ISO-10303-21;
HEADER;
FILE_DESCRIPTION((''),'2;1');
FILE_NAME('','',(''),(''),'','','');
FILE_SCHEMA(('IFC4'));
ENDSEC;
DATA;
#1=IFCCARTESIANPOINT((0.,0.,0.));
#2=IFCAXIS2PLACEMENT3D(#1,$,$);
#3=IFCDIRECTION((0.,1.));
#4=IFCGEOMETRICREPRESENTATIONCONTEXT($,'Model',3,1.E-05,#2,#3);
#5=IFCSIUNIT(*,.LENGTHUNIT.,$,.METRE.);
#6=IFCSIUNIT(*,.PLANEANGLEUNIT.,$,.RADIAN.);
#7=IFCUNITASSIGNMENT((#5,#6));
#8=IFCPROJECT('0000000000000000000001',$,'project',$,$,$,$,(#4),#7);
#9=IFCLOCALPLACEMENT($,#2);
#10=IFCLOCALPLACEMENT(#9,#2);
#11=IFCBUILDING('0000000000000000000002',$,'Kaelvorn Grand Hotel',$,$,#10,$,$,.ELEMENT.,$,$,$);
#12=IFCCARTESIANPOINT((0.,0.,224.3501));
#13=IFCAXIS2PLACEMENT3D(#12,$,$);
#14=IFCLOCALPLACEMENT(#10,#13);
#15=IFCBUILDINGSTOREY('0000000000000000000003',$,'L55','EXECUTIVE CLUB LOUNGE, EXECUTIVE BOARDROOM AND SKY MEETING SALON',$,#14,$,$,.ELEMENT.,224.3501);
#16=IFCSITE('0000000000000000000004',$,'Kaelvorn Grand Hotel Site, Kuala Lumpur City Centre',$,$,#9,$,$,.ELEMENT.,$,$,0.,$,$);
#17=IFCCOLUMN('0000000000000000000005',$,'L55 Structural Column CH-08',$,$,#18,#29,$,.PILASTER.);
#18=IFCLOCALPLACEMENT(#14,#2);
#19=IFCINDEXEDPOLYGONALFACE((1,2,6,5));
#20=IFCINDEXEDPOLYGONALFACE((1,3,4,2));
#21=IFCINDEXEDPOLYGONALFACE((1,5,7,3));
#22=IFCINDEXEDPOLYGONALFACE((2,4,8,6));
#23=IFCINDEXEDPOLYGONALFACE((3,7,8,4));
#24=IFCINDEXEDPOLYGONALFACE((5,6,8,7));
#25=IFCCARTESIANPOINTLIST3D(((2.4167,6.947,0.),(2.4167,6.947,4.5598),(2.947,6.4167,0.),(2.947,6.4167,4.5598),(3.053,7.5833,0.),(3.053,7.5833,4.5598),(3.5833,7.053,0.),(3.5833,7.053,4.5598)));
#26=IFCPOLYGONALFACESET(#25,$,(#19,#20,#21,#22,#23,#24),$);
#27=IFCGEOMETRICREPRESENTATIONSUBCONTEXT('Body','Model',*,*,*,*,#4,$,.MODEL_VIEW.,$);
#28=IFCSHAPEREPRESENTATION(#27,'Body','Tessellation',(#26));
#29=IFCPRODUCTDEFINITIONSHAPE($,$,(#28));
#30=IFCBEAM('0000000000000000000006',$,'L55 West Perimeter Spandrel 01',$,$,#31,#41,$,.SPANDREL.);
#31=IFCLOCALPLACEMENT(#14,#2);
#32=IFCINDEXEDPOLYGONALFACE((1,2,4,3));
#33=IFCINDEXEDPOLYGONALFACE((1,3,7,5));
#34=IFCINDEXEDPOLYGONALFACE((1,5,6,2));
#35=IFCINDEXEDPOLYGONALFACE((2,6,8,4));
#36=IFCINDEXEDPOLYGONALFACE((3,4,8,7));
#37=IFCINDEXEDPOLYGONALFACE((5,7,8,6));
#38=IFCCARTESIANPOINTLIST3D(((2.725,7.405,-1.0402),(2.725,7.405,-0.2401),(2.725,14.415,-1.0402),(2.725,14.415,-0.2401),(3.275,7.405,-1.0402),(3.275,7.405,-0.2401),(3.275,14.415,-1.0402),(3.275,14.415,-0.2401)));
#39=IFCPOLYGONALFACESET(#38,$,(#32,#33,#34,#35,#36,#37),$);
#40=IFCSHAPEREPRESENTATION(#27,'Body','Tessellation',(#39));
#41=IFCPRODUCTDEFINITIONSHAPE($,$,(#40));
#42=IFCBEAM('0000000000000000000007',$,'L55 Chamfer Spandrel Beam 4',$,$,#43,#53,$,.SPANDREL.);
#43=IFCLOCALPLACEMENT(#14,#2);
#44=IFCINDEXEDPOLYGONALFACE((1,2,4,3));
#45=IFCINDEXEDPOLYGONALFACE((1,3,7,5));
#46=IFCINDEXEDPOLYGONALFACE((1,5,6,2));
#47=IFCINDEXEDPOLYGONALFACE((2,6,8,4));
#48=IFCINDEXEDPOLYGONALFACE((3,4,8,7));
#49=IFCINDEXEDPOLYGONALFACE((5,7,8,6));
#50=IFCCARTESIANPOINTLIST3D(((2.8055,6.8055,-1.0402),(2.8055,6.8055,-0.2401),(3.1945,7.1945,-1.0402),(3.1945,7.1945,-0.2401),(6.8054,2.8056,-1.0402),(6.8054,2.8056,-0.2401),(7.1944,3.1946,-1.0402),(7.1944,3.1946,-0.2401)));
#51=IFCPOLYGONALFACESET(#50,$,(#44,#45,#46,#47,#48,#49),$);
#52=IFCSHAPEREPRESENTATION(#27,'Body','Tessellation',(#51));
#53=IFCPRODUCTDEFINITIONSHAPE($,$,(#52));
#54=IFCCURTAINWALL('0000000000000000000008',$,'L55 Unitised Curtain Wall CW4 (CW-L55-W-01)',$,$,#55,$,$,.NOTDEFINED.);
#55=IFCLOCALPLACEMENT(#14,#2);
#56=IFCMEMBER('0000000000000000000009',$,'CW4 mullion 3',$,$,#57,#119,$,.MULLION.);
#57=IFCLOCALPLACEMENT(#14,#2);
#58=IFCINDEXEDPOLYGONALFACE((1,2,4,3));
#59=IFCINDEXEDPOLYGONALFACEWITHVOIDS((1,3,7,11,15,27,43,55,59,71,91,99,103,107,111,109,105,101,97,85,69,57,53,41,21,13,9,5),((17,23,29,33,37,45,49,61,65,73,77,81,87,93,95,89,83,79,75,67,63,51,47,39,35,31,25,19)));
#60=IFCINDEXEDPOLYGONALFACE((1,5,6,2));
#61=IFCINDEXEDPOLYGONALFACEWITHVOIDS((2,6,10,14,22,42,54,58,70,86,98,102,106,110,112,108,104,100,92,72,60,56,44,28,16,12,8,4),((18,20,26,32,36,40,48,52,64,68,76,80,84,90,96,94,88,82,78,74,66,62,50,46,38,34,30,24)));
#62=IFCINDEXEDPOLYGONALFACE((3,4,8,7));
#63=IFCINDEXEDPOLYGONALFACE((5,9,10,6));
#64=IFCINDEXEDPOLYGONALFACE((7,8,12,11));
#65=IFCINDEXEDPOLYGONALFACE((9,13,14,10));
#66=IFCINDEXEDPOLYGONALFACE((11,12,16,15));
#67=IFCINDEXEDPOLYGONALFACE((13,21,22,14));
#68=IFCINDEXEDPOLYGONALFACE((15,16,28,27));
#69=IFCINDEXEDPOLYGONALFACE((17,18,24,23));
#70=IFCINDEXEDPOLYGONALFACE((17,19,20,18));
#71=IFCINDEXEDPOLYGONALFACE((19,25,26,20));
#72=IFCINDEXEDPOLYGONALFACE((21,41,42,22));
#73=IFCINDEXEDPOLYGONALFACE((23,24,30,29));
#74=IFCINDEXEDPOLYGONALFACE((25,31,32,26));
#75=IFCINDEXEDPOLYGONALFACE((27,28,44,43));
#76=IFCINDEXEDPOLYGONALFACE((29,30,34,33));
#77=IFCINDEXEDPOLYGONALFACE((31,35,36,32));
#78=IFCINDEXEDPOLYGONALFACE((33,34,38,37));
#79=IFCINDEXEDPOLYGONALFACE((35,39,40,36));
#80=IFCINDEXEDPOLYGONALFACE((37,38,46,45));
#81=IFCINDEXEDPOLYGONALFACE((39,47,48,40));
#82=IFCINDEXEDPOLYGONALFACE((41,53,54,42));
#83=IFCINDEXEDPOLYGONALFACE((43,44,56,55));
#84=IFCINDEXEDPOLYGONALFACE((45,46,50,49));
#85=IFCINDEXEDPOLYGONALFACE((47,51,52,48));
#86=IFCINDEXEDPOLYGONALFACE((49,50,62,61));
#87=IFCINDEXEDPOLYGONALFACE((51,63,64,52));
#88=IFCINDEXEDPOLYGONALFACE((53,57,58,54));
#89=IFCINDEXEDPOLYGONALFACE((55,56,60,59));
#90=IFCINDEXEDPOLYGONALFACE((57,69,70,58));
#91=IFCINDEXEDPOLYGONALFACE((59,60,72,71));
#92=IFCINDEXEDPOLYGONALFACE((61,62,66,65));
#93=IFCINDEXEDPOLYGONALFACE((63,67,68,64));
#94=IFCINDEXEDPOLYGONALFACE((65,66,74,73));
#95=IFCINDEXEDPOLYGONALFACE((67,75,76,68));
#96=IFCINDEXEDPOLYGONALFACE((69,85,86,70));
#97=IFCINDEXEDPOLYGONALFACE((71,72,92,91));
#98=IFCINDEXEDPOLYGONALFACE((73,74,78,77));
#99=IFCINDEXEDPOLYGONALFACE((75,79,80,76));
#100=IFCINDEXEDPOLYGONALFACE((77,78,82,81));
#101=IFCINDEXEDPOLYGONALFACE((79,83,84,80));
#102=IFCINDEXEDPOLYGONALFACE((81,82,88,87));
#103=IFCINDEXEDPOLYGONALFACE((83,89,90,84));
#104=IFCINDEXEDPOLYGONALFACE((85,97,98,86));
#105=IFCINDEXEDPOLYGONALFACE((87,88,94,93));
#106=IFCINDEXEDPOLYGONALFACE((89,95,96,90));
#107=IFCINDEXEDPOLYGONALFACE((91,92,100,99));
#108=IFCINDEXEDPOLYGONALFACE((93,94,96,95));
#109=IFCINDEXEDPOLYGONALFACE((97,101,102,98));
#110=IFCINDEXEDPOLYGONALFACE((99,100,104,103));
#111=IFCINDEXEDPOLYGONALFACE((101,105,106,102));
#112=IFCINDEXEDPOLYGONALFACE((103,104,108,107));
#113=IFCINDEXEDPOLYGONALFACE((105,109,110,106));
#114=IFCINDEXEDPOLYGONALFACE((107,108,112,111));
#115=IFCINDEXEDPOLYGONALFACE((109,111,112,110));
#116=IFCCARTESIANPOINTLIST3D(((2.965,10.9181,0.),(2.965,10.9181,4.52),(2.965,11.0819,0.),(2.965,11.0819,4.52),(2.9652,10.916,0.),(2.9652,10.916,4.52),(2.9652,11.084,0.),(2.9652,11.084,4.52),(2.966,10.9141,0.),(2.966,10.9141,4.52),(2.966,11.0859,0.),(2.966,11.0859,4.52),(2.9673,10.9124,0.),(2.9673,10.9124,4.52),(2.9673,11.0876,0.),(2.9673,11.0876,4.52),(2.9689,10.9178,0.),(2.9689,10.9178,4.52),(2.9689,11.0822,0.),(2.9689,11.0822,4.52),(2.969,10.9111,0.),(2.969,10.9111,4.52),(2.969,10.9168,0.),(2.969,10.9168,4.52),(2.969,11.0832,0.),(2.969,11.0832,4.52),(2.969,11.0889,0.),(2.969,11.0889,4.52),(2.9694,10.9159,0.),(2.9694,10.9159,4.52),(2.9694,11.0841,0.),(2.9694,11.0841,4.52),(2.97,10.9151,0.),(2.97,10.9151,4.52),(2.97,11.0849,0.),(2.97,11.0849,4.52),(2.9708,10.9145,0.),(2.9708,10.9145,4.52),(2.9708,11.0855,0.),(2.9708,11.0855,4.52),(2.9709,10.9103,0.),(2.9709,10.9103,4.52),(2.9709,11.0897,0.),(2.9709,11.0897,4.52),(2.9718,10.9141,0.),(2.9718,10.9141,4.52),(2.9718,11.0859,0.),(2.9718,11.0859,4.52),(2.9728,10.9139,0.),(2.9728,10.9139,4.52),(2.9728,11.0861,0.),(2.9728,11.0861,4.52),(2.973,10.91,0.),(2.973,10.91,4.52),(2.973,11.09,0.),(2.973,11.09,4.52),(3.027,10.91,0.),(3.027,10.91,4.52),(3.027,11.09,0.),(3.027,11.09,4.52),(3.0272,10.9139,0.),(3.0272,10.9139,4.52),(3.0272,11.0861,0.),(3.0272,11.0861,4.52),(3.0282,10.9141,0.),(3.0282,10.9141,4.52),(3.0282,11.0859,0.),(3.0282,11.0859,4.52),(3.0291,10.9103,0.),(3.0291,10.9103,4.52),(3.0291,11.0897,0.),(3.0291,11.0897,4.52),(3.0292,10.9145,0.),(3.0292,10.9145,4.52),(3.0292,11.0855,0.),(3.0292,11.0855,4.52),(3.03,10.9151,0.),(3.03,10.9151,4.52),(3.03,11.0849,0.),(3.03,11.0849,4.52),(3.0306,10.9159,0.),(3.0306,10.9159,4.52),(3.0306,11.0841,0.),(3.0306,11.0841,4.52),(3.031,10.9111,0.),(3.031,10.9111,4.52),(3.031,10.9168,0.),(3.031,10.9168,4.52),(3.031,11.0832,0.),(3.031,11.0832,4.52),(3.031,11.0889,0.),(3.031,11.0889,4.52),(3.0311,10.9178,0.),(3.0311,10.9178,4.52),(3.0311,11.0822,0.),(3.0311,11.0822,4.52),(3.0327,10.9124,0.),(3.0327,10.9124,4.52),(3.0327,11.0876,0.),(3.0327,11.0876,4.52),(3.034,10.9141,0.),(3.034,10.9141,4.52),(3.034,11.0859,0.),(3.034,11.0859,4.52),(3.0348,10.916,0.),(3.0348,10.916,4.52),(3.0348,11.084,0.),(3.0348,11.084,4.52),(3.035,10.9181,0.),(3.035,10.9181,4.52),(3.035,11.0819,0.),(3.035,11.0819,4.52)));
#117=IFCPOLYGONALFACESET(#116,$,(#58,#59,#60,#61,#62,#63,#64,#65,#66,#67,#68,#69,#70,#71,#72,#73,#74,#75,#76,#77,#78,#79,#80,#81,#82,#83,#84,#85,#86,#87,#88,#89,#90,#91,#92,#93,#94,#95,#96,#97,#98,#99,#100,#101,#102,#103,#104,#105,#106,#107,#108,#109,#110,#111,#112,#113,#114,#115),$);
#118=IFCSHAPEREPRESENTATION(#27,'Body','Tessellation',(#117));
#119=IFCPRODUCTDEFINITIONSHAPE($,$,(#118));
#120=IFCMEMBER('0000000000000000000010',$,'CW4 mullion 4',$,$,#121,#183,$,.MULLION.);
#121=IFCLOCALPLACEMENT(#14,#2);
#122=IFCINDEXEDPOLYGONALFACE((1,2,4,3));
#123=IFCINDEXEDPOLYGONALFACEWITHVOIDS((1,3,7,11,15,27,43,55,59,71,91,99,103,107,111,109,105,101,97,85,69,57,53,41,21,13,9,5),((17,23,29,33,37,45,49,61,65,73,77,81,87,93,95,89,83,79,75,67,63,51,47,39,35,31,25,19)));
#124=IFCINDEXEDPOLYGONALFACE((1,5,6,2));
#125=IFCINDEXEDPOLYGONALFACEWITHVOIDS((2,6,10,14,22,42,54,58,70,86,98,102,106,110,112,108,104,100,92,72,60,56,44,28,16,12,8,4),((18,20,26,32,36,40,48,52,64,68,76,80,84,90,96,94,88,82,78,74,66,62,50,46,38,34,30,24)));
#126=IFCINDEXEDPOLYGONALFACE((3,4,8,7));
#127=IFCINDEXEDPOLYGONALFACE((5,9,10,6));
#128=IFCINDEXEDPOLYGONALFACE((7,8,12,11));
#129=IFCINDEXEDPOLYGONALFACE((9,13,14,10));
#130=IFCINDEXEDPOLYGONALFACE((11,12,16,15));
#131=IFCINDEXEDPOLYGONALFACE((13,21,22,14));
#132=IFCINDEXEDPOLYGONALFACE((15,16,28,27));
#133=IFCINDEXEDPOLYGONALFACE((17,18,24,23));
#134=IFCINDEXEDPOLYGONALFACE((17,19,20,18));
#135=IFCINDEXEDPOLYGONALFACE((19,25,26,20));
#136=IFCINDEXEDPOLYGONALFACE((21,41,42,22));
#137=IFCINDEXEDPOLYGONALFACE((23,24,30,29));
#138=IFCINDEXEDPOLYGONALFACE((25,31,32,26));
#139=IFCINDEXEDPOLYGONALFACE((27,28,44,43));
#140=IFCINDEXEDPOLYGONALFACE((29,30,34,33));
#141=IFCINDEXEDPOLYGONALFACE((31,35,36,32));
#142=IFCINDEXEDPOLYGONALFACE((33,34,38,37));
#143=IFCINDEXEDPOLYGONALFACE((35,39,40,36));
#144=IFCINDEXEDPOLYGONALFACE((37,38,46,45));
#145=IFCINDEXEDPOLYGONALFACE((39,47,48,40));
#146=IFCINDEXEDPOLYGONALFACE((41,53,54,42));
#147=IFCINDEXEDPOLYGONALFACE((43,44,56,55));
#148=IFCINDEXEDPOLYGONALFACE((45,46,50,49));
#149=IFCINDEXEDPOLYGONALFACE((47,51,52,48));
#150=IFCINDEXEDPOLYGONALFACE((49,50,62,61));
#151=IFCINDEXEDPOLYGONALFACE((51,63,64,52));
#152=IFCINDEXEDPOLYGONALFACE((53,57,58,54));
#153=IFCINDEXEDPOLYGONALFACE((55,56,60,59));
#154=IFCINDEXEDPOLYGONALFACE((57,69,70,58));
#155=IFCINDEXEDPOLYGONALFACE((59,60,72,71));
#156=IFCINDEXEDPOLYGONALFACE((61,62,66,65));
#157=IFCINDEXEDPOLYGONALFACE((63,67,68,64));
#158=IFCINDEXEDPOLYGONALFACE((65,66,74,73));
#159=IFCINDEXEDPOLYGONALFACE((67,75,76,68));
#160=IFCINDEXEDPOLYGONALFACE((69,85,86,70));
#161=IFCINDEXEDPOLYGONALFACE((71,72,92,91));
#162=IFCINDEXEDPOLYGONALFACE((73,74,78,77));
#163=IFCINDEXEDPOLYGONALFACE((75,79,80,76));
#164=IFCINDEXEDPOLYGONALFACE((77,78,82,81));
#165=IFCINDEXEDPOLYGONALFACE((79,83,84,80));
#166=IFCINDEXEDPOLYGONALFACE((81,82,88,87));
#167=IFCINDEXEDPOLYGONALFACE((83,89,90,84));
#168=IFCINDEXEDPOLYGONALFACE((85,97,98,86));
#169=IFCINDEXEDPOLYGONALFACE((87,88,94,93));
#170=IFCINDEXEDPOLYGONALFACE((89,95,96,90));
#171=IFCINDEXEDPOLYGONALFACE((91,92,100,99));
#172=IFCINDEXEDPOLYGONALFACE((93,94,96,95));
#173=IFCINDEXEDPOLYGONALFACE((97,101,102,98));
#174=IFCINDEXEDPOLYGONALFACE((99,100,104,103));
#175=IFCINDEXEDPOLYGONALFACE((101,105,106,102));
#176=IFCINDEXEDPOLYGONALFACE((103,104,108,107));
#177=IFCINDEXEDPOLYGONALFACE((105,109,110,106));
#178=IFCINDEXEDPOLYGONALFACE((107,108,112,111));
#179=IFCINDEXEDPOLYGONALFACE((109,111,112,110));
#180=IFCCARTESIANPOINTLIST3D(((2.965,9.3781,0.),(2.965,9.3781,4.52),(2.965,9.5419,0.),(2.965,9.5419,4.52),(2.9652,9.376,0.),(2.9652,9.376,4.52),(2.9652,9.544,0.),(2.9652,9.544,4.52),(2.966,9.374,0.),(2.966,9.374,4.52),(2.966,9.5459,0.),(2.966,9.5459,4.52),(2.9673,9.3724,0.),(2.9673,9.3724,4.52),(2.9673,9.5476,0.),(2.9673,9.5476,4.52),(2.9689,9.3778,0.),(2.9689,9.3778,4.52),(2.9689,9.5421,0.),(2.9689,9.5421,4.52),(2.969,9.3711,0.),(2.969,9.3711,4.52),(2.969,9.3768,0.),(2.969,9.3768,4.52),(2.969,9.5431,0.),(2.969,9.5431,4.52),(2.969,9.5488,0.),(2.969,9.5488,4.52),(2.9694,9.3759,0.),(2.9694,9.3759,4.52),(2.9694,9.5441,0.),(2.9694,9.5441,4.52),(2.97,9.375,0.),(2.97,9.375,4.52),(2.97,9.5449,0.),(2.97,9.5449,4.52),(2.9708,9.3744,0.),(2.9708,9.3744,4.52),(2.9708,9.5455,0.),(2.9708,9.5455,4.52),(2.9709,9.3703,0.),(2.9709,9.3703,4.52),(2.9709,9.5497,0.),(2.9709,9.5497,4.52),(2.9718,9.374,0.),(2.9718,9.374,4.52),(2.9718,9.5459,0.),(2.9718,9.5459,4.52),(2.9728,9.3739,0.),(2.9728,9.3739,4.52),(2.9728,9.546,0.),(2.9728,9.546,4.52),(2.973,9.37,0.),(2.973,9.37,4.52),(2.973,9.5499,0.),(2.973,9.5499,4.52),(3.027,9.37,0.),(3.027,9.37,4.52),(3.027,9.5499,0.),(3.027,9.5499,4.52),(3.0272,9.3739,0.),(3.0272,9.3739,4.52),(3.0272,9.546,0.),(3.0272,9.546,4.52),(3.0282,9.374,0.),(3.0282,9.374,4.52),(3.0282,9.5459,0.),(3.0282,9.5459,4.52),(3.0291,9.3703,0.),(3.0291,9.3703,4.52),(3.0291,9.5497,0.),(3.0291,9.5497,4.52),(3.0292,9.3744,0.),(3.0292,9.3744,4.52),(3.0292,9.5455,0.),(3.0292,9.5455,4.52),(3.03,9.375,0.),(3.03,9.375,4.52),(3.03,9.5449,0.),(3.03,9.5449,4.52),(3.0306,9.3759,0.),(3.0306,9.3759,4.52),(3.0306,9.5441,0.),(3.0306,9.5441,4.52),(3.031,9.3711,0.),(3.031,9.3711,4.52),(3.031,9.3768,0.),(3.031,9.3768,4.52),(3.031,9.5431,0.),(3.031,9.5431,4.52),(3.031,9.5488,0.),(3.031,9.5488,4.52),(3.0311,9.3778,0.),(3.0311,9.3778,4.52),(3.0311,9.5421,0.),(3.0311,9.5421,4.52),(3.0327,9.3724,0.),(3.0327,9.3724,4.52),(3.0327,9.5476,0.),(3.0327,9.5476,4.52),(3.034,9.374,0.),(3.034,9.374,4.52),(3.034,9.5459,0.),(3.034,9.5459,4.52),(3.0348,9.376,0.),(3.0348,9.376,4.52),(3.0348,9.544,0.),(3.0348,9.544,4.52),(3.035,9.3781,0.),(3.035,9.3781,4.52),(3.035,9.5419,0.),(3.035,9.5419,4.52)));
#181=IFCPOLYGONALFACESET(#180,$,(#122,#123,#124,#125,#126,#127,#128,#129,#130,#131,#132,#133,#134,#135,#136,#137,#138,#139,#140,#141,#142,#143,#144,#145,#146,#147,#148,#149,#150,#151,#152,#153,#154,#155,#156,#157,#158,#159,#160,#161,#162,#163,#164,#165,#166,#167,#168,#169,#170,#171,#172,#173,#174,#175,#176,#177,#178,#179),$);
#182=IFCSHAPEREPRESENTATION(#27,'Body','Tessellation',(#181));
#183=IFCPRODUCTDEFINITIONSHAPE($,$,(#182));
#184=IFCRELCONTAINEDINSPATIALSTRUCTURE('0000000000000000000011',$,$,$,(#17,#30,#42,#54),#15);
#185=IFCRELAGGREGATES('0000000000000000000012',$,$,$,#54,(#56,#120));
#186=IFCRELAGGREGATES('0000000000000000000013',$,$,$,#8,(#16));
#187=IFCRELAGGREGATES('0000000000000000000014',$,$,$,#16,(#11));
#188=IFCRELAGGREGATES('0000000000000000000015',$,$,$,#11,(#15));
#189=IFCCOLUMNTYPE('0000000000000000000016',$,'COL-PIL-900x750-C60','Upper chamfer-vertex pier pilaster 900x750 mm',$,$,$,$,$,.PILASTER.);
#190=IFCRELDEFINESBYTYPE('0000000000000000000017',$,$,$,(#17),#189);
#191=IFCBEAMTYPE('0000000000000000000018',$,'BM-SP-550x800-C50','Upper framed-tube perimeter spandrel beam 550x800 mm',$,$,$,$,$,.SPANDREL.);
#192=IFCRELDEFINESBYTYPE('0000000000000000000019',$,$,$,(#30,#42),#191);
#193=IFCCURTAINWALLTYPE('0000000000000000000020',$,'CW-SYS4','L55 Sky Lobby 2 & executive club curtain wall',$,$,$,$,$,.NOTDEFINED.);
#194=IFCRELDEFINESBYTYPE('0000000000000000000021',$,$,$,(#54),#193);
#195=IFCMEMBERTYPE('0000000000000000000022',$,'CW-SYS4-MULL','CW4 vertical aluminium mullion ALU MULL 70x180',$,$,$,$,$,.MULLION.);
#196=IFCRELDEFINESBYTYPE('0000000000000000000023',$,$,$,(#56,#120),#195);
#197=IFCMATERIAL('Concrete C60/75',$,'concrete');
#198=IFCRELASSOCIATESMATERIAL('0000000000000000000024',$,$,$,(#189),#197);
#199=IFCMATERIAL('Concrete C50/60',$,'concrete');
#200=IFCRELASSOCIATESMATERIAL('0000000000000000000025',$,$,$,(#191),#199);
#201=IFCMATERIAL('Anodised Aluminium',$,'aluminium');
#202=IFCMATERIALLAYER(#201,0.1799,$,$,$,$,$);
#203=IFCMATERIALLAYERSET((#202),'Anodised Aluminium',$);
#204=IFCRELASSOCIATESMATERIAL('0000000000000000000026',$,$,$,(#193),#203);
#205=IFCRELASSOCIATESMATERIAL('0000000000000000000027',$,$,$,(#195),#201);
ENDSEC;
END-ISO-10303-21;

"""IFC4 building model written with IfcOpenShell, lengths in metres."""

from ifc_helpers import new_model, si_unit, direction, frame, origin, origin_2d, place, context, subcontext, project, spatial, rectangle, hollow_rectangle, extrude, material, layer, layer_set, material_profile, profile_set, type_object, element, aggregate, save


model = new_model("IFC4")

# Units and contexts
model_context = context("Model", 3, precision=1e-05, world=origin(), true_north=direction((0.0, 1.0)))
body_context = subcontext(model_context, "Body", "Model", "MODEL_VIEW")
ifc_project = project(units=[si_unit("LENGTHUNIT", "METRE"), si_unit("PLANEANGLEUNIT", "RADIAN")], contexts=[model_context])

# Site, building, storey
site_placement = place(None, origin())
site = spatial("IfcSite", under=ifc_project, at=site_placement, Name="Kaelvorn Grand Hotel Site, Kuala Lumpur City Centre", CompositionType="ELEMENT", RefElevation=0.0)
building_placement = place(site_placement, origin())
building = spatial("IfcBuilding", under=site, at=building_placement, Name="Kaelvorn Grand Hotel", CompositionType="ELEMENT")
storey_placement = place(building_placement, frame((0.0, 0.0, 224.3501)))
storey = spatial("IfcBuildingStorey", under=building, at=storey_placement, Name="L55", Description="EXECUTIVE CLUB LOUNGE, EXECUTIVE BOARDROOM AND SKY MEETING SALON", CompositionType="ELEMENT", Elevation=224.3501)

# Column
ifc_material_1 = material(Name="Concrete C60/75", Category="concrete")
ifc_material_profile_1 = material_profile(ifc_material_1, rectangle(XDim=0.8999, YDim=0.75, at=origin_2d()), Name="RC PILASTER 900x750")
ifc_profile_set_1 = profile_set([ifc_material_profile_1], Name="Concrete C60/75")
column_type = type_object("IfcColumnType", Name="COL-PIL-900x750-C60", Description="Upper chamfer-vertex pier pilaster 900x750 mm", PredefinedType="PILASTER", material=ifc_profile_set_1)
column_placement = place(storey_placement, frame((3.0, 7.0, 0.0), z_axis=(0.0, 0.0, 1.0), x_axis=(0.707107, 0.707107, 0.0)))
element("IfcColumn", 1, at=column_placement, inside=storey, type_object=column_type, Name="L55 Structural Column CH-08", PredefinedType="PILASTER", context=body_context, shape_type="SweptSolid", body=[
    extrude(rectangle(XDim=0.8999, YDim=0.75, at=origin_2d()), origin(), (0.0, 0.0, 1.0), 4.5598),
])

# Beams
ifc_material_2 = material(Name="Concrete C50/60", Category="concrete")
ifc_material_profile_2 = material_profile(ifc_material_2, rectangle(XDim=0.55, YDim=0.8, at=origin_2d()), Name="RC SPANDREL 550x800")
ifc_profile_set_2 = profile_set([ifc_material_profile_2], Name="Concrete C50/60")
beam_type = type_object("IfcBeamType", Name="BM-SP-550x800-C50", Description="Upper framed-tube perimeter spandrel beam 550x800 mm", PredefinedType="SPANDREL", material=ifc_profile_set_2)
beam_1_placement = place(storey_placement, frame((3.0, 7.405, -0.6401), z_axis=(0.0, 1.0, 0.0), x_axis=(-1.0, 0.0, 0.0)))
element("IfcBeam", 2, at=beam_1_placement, inside=storey, type_object=beam_type, Name="L55 West Perimeter Spandrel 01", PredefinedType="SPANDREL", context=body_context, shape_type="SweptSolid", body=[
    extrude(rectangle(XDim=0.55, YDim=0.8, at=origin_2d()), origin(), (0.0, 0.0, 1.0), 7.01),
])
beam_2_placement = place(storey_placement, frame((3.0, 7.0, -0.6401), z_axis=(0.707107, -0.707107, 0.0), x_axis=(0.707107, 0.707107, 0.0)))
element("IfcBeam", 3, at=beam_2_placement, inside=storey, type_object=beam_type, Name="L55 Chamfer Spandrel Beam 4", PredefinedType="SPANDREL", context=body_context, shape_type="SweptSolid", body=[
    extrude(rectangle(XDim=0.55, YDim=0.8, at=origin_2d()), origin(), (0.0, 0.0, 1.0), 5.6567),
])

# Curtain wall, members
ifc_material_3 = material(Name="Anodised Aluminium", Category="aluminium")
ifc_layer_1 = layer(ifc_material_3, 0.1799)
ifc_layer_set_1 = layer_set([ifc_layer_1], Name="Anodised Aluminium")
curtain_wall_type = type_object("IfcCurtainWallType", Name="CW-SYS4", Description="L55 Sky Lobby 2 & executive club curtain wall", PredefinedType="NOTDEFINED", material=ifc_layer_set_1)
curtain_wall_placement = place(storey_placement, origin())
curtain_wall = element("IfcCurtainWall", 4, at=curtain_wall_placement, inside=storey, type_object=curtain_wall_type, Name="L55 Unitised Curtain Wall CW4 (CW-L55-W-01)", PredefinedType="NOTDEFINED")
ifc_material_profile_3 = material_profile(ifc_material_3, hollow_rectangle(XDim=0.0701, YDim=0.1799, WallThickness=0.0039, InnerFilletRadius=0.0039, OuterFilletRadius=0.0081, at=origin_2d()), Name="ALU MULL 70x180")
ifc_profile_set_3 = profile_set([ifc_material_profile_3], Name="Anodised Aluminium")
member_type_1 = type_object("IfcMemberType", Name="CW-SYS4-MULL", Description="CW4 vertical aluminium mullion ALU MULL 70x180", PredefinedType="MULLION", material=ifc_profile_set_3)
member_1_placement = place(storey_placement, frame((3.0, 11.0, 0.0), z_axis=(0.0, 0.0, 1.0), x_axis=(1.0, 0.0, 0.0)))
member_1 = element("IfcMember", 5, at=member_1_placement, type_object=member_type_1, Name="CW4 mullion 3", PredefinedType="MULLION", context=body_context, shape_type="SweptSolid", body=[
    extrude(hollow_rectangle(XDim=0.0701, YDim=0.1799, WallThickness=0.0039, InnerFilletRadius=0.0039, OuterFilletRadius=0.0081, at=origin_2d()), origin(), (0.0, 0.0, 1.0), 4.52),
])
member_2_placement = place(storey_placement, frame((3.0, 9.46, 0.0), z_axis=(0.0, 0.0, 1.0), x_axis=(1.0, 0.0, 0.0)))
member_2 = element("IfcMember", 6, at=member_2_placement, type_object=member_type_1, Name="CW4 mullion 4", PredefinedType="MULLION", context=body_context, shape_type="SweptSolid", body=[
    extrude(hollow_rectangle(XDim=0.0701, YDim=0.1799, WallThickness=0.0039, InnerFilletRadius=0.0039, OuterFilletRadius=0.0081, at=origin_2d()), origin(), (0.0, 0.0, 1.0), 4.52),
])
aggregate(curtain_wall, [member_1, member_2])

save(model, "model.ifc")
